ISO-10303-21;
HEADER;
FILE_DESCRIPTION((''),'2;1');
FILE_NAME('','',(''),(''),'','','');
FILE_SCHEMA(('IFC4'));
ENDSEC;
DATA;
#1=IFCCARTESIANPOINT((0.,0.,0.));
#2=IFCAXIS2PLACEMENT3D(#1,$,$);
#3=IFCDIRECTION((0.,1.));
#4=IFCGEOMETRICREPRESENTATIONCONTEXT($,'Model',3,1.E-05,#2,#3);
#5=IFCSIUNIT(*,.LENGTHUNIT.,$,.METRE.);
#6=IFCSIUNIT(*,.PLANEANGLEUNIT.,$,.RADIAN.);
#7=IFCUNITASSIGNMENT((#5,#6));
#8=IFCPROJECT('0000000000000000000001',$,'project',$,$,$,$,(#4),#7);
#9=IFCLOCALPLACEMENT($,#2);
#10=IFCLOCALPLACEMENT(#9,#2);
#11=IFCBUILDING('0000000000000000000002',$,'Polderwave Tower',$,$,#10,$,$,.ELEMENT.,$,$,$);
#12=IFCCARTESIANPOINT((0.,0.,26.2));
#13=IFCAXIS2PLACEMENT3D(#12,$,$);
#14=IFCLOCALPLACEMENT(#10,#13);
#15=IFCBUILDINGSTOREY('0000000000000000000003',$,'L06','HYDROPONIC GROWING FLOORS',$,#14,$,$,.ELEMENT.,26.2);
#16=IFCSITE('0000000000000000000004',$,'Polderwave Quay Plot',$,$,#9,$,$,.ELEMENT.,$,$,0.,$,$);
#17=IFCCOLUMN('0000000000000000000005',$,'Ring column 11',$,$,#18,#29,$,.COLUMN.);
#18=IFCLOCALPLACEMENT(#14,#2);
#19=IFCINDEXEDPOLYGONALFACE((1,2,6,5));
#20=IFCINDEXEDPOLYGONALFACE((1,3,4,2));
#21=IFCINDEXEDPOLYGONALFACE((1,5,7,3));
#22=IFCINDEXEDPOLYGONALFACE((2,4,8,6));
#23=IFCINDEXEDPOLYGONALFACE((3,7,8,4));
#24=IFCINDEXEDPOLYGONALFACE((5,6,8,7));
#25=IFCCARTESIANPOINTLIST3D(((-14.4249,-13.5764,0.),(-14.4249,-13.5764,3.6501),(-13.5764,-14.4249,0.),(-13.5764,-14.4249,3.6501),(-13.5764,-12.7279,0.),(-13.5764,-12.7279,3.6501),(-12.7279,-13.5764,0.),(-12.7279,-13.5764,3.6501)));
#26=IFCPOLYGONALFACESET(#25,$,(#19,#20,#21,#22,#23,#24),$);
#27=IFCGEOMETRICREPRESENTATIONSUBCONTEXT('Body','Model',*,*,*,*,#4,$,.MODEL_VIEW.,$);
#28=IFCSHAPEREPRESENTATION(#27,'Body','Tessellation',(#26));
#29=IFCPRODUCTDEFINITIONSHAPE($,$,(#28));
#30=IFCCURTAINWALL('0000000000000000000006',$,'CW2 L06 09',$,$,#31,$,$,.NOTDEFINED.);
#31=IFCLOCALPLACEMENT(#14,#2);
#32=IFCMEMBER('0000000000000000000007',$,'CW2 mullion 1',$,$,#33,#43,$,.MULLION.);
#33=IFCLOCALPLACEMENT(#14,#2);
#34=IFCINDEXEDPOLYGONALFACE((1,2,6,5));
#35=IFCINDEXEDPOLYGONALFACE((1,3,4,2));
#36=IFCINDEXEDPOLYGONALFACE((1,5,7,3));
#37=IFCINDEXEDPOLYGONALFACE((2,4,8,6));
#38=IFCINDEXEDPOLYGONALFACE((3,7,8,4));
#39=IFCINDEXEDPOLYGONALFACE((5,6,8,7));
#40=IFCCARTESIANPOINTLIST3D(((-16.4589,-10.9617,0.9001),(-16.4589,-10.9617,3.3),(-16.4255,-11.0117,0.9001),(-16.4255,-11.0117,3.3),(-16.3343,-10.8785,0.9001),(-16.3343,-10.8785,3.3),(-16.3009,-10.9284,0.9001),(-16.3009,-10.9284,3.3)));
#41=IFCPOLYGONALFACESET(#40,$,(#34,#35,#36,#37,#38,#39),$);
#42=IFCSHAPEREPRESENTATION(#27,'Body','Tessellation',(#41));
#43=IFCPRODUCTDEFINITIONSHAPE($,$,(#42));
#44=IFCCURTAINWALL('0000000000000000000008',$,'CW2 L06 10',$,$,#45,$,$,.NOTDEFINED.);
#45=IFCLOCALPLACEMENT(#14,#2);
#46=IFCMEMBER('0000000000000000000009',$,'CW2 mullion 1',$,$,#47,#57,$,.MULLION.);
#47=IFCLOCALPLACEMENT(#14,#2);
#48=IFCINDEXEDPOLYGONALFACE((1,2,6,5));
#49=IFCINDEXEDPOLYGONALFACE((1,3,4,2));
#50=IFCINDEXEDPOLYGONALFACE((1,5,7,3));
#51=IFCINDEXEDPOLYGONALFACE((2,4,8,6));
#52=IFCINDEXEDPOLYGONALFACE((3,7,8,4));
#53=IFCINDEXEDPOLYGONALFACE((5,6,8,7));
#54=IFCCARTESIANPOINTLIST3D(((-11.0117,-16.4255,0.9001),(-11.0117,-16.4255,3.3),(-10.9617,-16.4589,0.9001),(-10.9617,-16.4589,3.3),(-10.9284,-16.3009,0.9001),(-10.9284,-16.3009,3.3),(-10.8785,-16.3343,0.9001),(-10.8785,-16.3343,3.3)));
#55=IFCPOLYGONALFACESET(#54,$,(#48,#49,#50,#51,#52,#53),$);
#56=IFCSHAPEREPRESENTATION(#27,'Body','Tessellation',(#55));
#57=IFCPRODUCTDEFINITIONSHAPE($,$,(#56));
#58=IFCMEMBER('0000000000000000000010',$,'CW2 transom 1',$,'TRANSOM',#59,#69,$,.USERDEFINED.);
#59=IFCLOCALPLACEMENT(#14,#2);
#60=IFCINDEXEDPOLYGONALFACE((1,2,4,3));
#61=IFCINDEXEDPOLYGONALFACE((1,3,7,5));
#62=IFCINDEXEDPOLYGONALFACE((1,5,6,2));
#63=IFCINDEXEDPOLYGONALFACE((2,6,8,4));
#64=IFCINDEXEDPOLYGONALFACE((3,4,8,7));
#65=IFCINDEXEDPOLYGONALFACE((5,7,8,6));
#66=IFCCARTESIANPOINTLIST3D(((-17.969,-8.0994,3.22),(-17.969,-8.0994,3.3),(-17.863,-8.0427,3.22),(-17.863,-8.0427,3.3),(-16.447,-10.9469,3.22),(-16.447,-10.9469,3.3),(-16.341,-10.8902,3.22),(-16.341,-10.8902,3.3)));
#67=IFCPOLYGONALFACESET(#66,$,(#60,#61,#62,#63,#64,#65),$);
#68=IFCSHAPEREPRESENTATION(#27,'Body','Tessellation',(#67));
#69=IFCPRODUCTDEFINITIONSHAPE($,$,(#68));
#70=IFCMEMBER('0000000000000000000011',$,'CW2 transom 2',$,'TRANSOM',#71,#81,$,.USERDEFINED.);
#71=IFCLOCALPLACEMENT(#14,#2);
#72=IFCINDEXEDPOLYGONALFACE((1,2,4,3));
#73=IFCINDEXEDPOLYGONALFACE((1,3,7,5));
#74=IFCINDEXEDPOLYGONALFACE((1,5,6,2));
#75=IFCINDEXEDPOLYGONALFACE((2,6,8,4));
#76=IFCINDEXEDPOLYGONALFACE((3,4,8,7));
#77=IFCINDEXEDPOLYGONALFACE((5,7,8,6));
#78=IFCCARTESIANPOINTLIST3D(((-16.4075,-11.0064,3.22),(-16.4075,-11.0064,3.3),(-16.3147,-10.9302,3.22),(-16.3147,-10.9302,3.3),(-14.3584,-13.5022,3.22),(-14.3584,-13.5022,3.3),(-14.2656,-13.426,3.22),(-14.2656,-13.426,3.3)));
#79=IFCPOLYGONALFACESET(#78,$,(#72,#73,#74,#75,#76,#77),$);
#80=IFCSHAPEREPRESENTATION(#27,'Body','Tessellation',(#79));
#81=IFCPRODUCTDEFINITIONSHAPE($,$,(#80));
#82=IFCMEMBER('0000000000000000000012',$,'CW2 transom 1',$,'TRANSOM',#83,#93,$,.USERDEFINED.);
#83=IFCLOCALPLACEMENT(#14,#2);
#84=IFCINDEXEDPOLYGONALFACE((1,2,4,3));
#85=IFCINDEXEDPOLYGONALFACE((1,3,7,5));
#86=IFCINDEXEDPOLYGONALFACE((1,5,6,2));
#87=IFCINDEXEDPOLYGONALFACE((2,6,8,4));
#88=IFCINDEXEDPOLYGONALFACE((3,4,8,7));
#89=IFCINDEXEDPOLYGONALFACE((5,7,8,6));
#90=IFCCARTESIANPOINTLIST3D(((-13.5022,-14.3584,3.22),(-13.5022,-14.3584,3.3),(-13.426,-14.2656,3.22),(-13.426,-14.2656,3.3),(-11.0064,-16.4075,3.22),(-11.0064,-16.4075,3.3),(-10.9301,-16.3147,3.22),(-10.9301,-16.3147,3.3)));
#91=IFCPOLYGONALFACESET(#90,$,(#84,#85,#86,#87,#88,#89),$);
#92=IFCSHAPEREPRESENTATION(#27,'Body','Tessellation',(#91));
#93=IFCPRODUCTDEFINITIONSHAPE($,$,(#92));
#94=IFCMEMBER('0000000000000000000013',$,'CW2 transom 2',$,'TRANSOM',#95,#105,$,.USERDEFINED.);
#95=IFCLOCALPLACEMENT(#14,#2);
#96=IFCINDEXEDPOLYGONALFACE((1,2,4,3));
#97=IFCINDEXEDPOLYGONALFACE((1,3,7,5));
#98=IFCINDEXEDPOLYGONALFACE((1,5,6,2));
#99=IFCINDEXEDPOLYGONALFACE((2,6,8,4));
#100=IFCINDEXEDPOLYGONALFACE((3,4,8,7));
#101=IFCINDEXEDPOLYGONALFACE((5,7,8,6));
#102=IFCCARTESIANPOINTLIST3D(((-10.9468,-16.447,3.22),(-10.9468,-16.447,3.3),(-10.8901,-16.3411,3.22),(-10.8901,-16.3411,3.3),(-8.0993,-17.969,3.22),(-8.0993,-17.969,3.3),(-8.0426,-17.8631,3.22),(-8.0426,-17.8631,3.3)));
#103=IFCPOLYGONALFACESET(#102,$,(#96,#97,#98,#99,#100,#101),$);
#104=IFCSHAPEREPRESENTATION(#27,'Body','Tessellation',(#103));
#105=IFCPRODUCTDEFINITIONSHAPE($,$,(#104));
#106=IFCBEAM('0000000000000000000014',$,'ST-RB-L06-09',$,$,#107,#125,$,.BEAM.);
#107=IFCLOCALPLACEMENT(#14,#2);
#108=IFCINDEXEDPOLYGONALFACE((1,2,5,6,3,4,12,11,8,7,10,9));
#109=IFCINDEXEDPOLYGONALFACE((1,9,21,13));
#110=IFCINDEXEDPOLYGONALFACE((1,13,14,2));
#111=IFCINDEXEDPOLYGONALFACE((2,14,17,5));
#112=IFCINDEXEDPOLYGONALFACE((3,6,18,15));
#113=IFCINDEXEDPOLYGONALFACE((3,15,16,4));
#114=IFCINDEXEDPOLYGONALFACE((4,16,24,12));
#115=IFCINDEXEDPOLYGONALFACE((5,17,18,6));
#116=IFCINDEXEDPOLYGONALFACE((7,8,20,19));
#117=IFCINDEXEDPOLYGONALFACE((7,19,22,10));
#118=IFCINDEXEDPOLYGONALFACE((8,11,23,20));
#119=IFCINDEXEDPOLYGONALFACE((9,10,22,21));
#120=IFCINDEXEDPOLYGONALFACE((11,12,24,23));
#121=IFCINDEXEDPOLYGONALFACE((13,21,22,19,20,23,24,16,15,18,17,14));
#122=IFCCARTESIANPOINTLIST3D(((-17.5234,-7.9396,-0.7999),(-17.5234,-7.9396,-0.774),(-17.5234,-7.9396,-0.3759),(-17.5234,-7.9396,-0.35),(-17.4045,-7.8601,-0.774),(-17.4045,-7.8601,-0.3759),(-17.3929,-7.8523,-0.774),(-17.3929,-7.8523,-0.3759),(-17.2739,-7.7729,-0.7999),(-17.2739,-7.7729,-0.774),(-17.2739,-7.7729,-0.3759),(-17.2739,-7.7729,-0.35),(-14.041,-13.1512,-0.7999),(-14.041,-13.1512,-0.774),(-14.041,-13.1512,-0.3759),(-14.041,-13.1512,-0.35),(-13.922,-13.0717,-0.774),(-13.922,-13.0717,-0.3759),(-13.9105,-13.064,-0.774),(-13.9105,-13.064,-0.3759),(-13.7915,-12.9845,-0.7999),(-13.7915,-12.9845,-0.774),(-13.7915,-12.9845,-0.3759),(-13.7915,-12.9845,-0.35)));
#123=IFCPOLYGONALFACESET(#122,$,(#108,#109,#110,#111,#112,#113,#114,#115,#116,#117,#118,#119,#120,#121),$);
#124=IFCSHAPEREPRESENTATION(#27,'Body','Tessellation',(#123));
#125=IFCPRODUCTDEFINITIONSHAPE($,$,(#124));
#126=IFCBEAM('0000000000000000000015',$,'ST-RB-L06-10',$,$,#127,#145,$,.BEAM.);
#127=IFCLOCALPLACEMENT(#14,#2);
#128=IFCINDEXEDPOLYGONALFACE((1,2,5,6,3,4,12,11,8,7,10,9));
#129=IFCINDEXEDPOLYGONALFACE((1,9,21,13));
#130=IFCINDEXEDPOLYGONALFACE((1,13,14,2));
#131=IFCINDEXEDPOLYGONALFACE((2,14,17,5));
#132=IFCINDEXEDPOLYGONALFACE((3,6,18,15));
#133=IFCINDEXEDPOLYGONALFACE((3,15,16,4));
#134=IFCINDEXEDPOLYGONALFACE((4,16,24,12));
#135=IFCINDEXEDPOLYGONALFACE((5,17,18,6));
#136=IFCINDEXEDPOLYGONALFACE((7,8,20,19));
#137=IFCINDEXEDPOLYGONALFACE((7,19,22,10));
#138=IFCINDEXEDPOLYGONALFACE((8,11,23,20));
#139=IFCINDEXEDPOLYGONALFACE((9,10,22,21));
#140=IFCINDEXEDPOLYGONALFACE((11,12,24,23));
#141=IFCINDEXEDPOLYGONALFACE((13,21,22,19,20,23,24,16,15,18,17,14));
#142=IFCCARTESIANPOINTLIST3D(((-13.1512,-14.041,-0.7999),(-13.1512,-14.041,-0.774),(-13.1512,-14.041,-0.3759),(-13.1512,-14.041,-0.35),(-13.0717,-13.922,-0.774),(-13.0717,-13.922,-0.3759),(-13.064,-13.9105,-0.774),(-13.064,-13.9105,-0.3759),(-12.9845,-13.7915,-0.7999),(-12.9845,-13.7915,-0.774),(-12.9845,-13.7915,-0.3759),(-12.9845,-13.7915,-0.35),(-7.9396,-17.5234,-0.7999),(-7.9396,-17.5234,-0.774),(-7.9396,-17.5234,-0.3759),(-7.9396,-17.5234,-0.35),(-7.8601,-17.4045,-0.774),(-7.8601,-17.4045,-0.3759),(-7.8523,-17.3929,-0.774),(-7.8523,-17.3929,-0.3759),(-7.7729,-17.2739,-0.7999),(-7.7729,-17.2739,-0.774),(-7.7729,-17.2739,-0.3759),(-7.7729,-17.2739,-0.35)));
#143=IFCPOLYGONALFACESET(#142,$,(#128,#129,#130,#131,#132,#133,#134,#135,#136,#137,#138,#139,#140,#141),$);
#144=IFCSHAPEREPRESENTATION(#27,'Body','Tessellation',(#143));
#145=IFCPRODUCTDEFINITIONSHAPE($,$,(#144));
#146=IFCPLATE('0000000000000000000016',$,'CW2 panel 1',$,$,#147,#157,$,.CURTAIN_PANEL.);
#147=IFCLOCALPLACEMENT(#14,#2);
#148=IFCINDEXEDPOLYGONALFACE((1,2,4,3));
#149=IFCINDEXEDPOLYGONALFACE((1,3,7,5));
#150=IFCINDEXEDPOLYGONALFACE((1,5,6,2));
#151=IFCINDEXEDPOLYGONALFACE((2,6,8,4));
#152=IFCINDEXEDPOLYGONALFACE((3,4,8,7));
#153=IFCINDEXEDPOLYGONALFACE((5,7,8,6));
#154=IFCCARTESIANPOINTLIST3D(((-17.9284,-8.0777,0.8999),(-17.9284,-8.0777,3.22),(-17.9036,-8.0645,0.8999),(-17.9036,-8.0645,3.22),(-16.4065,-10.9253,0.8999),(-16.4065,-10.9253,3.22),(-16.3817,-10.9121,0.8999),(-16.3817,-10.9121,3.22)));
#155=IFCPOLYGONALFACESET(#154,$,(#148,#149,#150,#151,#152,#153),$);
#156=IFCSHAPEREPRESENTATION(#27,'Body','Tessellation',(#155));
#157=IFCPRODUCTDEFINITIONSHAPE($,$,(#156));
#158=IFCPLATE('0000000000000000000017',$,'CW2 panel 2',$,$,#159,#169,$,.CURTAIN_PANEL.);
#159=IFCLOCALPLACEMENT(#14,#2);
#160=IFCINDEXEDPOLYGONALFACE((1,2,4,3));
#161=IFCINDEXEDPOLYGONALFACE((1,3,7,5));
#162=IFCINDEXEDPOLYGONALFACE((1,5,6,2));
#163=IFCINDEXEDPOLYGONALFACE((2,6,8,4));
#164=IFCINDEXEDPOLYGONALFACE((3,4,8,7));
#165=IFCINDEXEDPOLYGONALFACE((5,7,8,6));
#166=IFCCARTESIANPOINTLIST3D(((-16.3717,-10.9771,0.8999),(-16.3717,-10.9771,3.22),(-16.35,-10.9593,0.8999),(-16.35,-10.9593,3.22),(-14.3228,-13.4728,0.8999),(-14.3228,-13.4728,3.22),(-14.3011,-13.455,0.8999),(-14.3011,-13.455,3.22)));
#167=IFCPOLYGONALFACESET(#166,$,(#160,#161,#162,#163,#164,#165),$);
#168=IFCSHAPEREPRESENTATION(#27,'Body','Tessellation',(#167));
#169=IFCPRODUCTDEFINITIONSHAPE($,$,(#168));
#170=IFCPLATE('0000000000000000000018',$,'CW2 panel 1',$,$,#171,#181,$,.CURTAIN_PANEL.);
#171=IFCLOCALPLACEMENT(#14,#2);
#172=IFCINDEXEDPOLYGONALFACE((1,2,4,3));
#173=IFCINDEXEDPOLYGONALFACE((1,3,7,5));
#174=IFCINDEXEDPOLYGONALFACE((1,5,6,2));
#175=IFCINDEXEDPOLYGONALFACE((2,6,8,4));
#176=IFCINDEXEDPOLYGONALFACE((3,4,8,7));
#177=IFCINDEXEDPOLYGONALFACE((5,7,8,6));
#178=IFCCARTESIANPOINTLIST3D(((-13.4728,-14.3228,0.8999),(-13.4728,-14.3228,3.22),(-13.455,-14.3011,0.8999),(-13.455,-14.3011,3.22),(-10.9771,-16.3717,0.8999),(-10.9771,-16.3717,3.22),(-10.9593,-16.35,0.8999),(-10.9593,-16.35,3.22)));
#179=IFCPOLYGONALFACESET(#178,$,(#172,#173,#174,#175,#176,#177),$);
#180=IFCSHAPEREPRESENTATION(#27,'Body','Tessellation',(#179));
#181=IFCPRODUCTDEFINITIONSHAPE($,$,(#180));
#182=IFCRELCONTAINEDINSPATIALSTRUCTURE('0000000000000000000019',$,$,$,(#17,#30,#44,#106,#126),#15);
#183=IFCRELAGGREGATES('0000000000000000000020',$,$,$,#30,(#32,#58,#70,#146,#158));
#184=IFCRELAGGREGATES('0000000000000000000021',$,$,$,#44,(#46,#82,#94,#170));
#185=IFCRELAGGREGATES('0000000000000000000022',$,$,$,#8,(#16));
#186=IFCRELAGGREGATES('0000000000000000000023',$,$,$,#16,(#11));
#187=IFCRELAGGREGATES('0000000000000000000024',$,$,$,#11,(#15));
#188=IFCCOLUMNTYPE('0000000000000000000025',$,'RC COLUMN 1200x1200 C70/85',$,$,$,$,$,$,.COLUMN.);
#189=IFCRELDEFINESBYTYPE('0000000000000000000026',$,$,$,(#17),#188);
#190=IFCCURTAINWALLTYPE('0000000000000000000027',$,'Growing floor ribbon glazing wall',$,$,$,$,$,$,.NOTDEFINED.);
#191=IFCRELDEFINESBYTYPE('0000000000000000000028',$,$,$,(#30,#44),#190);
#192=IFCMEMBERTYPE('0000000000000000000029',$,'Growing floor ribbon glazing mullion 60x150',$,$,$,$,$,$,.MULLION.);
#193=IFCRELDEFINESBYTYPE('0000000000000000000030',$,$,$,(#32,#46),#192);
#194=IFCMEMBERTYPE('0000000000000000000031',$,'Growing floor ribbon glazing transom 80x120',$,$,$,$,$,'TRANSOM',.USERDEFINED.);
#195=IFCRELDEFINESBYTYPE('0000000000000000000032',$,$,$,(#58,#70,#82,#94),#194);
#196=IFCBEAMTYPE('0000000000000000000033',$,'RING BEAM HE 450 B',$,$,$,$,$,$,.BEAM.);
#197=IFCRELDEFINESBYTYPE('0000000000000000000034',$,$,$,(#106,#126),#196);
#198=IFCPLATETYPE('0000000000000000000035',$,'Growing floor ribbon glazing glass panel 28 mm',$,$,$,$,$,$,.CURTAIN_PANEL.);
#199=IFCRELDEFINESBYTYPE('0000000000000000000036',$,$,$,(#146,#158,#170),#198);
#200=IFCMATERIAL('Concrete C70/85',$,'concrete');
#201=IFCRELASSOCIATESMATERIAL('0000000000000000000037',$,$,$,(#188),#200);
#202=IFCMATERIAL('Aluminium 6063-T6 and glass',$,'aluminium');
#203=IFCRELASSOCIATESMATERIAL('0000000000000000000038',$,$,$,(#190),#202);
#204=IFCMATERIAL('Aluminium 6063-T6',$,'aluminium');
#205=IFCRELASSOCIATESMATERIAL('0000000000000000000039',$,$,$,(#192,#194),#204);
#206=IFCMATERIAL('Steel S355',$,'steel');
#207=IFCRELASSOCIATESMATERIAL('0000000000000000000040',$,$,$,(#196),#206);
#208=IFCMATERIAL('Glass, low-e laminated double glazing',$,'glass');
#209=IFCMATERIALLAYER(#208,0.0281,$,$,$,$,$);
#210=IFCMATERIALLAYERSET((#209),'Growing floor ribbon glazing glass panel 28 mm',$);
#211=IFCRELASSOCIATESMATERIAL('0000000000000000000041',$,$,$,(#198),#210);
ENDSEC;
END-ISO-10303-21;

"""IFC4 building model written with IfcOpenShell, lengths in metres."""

from ifc_helpers import new_model, si_unit, direction, frame, origin, origin_2d, place, context, subcontext, project, spatial, rectangle, i_section, extrude, material, layer, layer_set, material_profile, profile_set, type_object, element, aggregate, save


model = new_model("IFC4")

# Units and contexts
model_context = context("Model", 3, precision=1e-05, world=origin(), true_north=direction((0.0, 1.0)))
body_context = subcontext(model_context, "Body", "Model", "MODEL_VIEW")
ifc_project = project(units=[si_unit("LENGTHUNIT", "METRE"), si_unit("PLANEANGLEUNIT", "RADIAN")], contexts=[model_context])

# Site, building, storey
site_placement = place(None, origin())
site = spatial("IfcSite", under=ifc_project, at=site_placement, Name="Polderwave Quay Plot", CompositionType="ELEMENT", RefElevation=0.0)
building_placement = place(site_placement, origin())
building = spatial("IfcBuilding", under=site, at=building_placement, Name="Polderwave Tower", CompositionType="ELEMENT")
storey_placement = place(building_placement, frame((0.0, 0.0, 26.2)))
storey = spatial("IfcBuildingStorey", under=building, at=storey_placement, Name="L06", Description="HYDROPONIC GROWING FLOORS", CompositionType="ELEMENT", Elevation=26.2)

# Column
ifc_material_1 = material(Name="Concrete C70/85", Category="concrete")
ifc_material_profile_1 = material_profile(ifc_material_1, rectangle(XDim=1.2, YDim=1.2, at=origin_2d()), Name="RC 1200x1200")
ifc_profile_set_1 = profile_set([ifc_material_profile_1], Name="Concrete C70/85")
column_type = type_object("IfcColumnType", Name="RC COLUMN 1200x1200 C70/85", PredefinedType="COLUMN", material=ifc_profile_set_1)
column_placement = place(storey_placement, frame((-13.5764, -13.5764, 0.0), z_axis=(0.0, 0.0, 1.0), x_axis=(-0.707107, -0.707107, 0.0)))
element("IfcColumn", 1, at=column_placement, inside=storey, type_object=column_type, Name="Ring column 11", PredefinedType="COLUMN", context=body_context, shape_type="SweptSolid", body=[
    extrude(rectangle(XDim=1.2, YDim=1.2, at=origin_2d()), origin(), (0.0, 0.0, 1.0), 3.6501),
])

# Curtain walls, members
ifc_material_2 = material(Name="Aluminium 6063-T6 and glass", Category="aluminium")
curtain_wall_type = type_object("IfcCurtainWallType", Name="Growing floor ribbon glazing wall", PredefinedType="NOTDEFINED", material=ifc_material_2)
curtain_wall_1_placement = place(storey_placement, origin())
curtain_wall_1 = element("IfcCurtainWall", 2, at=curtain_wall_1_placement, inside=storey, type_object=curtain_wall_type, Name="CW2 L06 09", PredefinedType="NOTDEFINED")
ifc_material_3 = material(Name="Aluminium 6063-T6", Category="aluminium")
ifc_material_profile_2 = material_profile(ifc_material_3, rectangle(XDim=0.1499, YDim=0.0601, at=origin_2d()), Name="AL 60x150")
ifc_profile_set_2 = profile_set([ifc_material_profile_2], Name="Aluminium 6063-T6")
member_type_1 = type_object("IfcMemberType", Name="Growing floor ribbon glazing mullion 60x150", PredefinedType="MULLION", material=ifc_profile_set_2)
member_1_placement = place(storey_placement, frame((-16.3799, -10.9451, 0.9001), z_axis=(0.0, 0.0, 1.0), x_axis=(0.831437, 0.55562, 0.0)))
member_1 = element("IfcMember", 3, at=member_1_placement, type_object=member_type_1, Name="CW2 mullion 1", PredefinedType="MULLION", context=body_context, shape_type="SweptSolid", body=[
    extrude(rectangle(XDim=0.1499, YDim=0.0601, at=origin_2d()), origin(), (0.0, 0.0, 1.0), 2.3999),
])
curtain_wall_2_placement = place(storey_placement, origin())
curtain_wall_2 = element("IfcCurtainWall", 4, at=curtain_wall_2_placement, inside=storey, type_object=curtain_wall_type, Name="CW2 L06 10", PredefinedType="NOTDEFINED")
member_2_placement = place(storey_placement, frame((-10.9451, -16.3799, 0.9001), z_axis=(0.0, 0.0, 1.0), x_axis=(0.55562, 0.831437, 0.0)))
member_2 = element("IfcMember", 5, at=member_2_placement, type_object=member_type_1, Name="CW2 mullion 1", PredefinedType="MULLION", context=body_context, shape_type="SweptSolid", body=[
    extrude(rectangle(XDim=0.1499, YDim=0.0601, at=origin_2d()), origin(), (0.0, 0.0, 1.0), 2.3999),
])

# Members
ifc_material_profile_3 = material_profile(ifc_material_3, rectangle(XDim=0.1201, YDim=0.0801, at=origin_2d()), Name="AL 80x120")
ifc_profile_set_3 = profile_set([ifc_material_profile_3], Name="Aluminium 6063-T6")
member_type_2 = type_object("IfcMemberType", Name="Growing floor ribbon glazing transom 80x120", ElementType="TRANSOM", PredefinedType="USERDEFINED", material=ifc_profile_set_3)
member_3_placement = place(storey_placement, frame((-17.916, -8.071, 3.26), z_axis=(0.471397, -0.881921, 0.0), x_axis=(0.881921, 0.471397, 0.0)))
member_3 = element("IfcMember", 6, at=member_3_placement, type_object=member_type_2, Name="CW2 transom 1", ObjectType="TRANSOM", PredefinedType="USERDEFINED", context=body_context, shape_type="SweptSolid", body=[
    extrude(rectangle(XDim=0.1201, YDim=0.0801, at=origin_2d()), origin(), (0.0, 0.0, 1.0), 3.2288),
])
member_4_placement = place(storey_placement, frame((-16.3611, -10.9683, 3.26), z_axis=(0.634538, -0.772892, 0.0), x_axis=(0.772892, 0.634538, 0.0)))
member_4 = element("IfcMember", 7, at=member_4_placement, type_object=member_type_2, Name="CW2 transom 2", ObjectType="TRANSOM", PredefinedType="USERDEFINED", context=body_context, shape_type="SweptSolid", body=[
    extrude(rectangle(XDim=0.1201, YDim=0.0801, at=origin_2d()), origin(), (0.0, 0.0, 1.0), 3.2292),
])
member_5_placement = place(storey_placement, frame((-13.4641, -14.312, 3.26), z_axis=(0.772892, -0.634538, 0.0), x_axis=(0.634538, 0.772892, 0.0)))
member_5 = element("IfcMember", 8, at=member_5_placement, type_object=member_type_2, Name="CW2 transom 1", ObjectType="TRANSOM", PredefinedType="USERDEFINED", context=body_context, shape_type="SweptSolid", body=[
    extrude(rectangle(XDim=0.1201, YDim=0.0801, at=origin_2d()), origin(), (0.0, 0.0, 1.0), 3.2292),
])
member_6_placement = place(storey_placement, frame((-10.9185, -16.394, 3.26), z_axis=(0.881921, -0.471397, 0.0), x_axis=(0.471397, 0.881921, 0.0)))
member_6 = element("IfcMember", 9, at=member_6_placement, type_object=member_type_2, Name="CW2 transom 2", ObjectType="TRANSOM", PredefinedType="USERDEFINED", context=body_context, shape_type="SweptSolid", body=[
    extrude(rectangle(XDim=0.1201, YDim=0.0801, at=origin_2d()), origin(), (0.0, 0.0, 1.0), 3.2288),
])

# Beams
ifc_material_4 = material(Name="Steel S355", Category="steel")
ifc_material_profile_4 = material_profile(ifc_material_4, i_section(OverallWidth=0.3, OverallDepth=0.45, WebThickness=0.0139, FlangeThickness=0.0259, at=origin_2d()), Name="HE 450 B")
ifc_profile_set_4 = profile_set([ifc_material_profile_4], Name="Steel S355")
beam_type = type_object("IfcBeamType", Name="RING BEAM HE 450 B", PredefinedType="BEAM", material=ifc_profile_set_4)
for number, where, z_axis, x_axis, name in (
    (10, (-17.3987, -7.8562, -0.575), (0.555581, -0.831463, 0.0), (0.831463, 0.555581, 0.0), "ST-RB-L06-09"),
    (11, (-13.0679, -13.9163, -0.575), (0.831463, -0.555581, 0.0), (0.555581, 0.831463, 0.0), "ST-RB-L06-10"),
):
    element("IfcBeam", number, at=place(storey_placement, frame(where, z_axis=z_axis, x_axis=x_axis)), inside=storey, type_object=beam_type, Name=name, PredefinedType="BEAM", context=body_context, shape_type="SweptSolid", body=[
        extrude(i_section(OverallWidth=0.3, OverallDepth=0.45, WebThickness=0.0139, FlangeThickness=0.0259, at=origin_2d()), origin(), (0.0, 0.0, 1.0), 6.2681),
    ])

# Plates
ifc_material_5 = material(Name="Glass, low-e laminated double glazing", Category="glass")
ifc_layer_1 = layer(ifc_material_5, 0.0281)
ifc_layer_set_1 = layer_set([ifc_layer_1], Name="Growing floor ribbon glazing glass panel 28 mm")
plate_type = type_object("IfcPlateType", Name="Growing floor ribbon glazing glass panel 28 mm", PredefinedType="CURTAIN_PANEL", material=ifc_layer_set_1)
plate_1_placement = place(storey_placement, frame((-17.155, -9.4949, 0.8999), z_axis=(0.0, 0.0, 1.0), x_axis=(0.471352, -0.881945, 0.0)))
plate_1 = element("IfcPlate", 12, at=plate_1_placement, type_object=plate_type, Name="CW2 panel 1", PredefinedType="CURTAIN_PANEL", context=body_context, shape_type="SweptSolid", body=[
    extrude(rectangle(XDim=3.2288, YDim=0.0281, at=origin_2d()), origin(), (0.0, 0.0, 1.0), 2.3201),
])
plate_2_placement = place(storey_placement, frame((-15.3364, -12.2161, 0.8999), z_axis=(0.0, 0.0, 1.0), x_axis=(0.634524, -0.772903, 0.0)))
plate_2 = element("IfcPlate", 13, at=plate_2_placement, type_object=plate_type, Name="CW2 panel 2", PredefinedType="CURTAIN_PANEL", context=body_context, shape_type="SweptSolid", body=[
    extrude(rectangle(XDim=3.229, YDim=0.0281, at=origin_2d()), origin(), (0.0, 0.0, 1.0), 2.3201),
])
aggregate(curtain_wall_1, [member_1, member_3, member_4, plate_1, plate_2])
plate_3_placement = place(storey_placement, frame((-12.2161, -15.3364, 0.8999), z_axis=(0.0, 0.0, 1.0), x_axis=(0.772903, -0.634524, 0.0)))
plate_3 = element("IfcPlate", 14, at=plate_3_placement, type_object=plate_type, Name="CW2 panel 1", PredefinedType="CURTAIN_PANEL", context=body_context, shape_type="SweptSolid", body=[
    extrude(rectangle(XDim=3.229, YDim=0.0281, at=origin_2d()), origin(), (0.0, 0.0, 1.0), 2.3201),
])
aggregate(curtain_wall_2, [member_2, member_5, member_6, plate_3])

save(model, "model.ifc")
